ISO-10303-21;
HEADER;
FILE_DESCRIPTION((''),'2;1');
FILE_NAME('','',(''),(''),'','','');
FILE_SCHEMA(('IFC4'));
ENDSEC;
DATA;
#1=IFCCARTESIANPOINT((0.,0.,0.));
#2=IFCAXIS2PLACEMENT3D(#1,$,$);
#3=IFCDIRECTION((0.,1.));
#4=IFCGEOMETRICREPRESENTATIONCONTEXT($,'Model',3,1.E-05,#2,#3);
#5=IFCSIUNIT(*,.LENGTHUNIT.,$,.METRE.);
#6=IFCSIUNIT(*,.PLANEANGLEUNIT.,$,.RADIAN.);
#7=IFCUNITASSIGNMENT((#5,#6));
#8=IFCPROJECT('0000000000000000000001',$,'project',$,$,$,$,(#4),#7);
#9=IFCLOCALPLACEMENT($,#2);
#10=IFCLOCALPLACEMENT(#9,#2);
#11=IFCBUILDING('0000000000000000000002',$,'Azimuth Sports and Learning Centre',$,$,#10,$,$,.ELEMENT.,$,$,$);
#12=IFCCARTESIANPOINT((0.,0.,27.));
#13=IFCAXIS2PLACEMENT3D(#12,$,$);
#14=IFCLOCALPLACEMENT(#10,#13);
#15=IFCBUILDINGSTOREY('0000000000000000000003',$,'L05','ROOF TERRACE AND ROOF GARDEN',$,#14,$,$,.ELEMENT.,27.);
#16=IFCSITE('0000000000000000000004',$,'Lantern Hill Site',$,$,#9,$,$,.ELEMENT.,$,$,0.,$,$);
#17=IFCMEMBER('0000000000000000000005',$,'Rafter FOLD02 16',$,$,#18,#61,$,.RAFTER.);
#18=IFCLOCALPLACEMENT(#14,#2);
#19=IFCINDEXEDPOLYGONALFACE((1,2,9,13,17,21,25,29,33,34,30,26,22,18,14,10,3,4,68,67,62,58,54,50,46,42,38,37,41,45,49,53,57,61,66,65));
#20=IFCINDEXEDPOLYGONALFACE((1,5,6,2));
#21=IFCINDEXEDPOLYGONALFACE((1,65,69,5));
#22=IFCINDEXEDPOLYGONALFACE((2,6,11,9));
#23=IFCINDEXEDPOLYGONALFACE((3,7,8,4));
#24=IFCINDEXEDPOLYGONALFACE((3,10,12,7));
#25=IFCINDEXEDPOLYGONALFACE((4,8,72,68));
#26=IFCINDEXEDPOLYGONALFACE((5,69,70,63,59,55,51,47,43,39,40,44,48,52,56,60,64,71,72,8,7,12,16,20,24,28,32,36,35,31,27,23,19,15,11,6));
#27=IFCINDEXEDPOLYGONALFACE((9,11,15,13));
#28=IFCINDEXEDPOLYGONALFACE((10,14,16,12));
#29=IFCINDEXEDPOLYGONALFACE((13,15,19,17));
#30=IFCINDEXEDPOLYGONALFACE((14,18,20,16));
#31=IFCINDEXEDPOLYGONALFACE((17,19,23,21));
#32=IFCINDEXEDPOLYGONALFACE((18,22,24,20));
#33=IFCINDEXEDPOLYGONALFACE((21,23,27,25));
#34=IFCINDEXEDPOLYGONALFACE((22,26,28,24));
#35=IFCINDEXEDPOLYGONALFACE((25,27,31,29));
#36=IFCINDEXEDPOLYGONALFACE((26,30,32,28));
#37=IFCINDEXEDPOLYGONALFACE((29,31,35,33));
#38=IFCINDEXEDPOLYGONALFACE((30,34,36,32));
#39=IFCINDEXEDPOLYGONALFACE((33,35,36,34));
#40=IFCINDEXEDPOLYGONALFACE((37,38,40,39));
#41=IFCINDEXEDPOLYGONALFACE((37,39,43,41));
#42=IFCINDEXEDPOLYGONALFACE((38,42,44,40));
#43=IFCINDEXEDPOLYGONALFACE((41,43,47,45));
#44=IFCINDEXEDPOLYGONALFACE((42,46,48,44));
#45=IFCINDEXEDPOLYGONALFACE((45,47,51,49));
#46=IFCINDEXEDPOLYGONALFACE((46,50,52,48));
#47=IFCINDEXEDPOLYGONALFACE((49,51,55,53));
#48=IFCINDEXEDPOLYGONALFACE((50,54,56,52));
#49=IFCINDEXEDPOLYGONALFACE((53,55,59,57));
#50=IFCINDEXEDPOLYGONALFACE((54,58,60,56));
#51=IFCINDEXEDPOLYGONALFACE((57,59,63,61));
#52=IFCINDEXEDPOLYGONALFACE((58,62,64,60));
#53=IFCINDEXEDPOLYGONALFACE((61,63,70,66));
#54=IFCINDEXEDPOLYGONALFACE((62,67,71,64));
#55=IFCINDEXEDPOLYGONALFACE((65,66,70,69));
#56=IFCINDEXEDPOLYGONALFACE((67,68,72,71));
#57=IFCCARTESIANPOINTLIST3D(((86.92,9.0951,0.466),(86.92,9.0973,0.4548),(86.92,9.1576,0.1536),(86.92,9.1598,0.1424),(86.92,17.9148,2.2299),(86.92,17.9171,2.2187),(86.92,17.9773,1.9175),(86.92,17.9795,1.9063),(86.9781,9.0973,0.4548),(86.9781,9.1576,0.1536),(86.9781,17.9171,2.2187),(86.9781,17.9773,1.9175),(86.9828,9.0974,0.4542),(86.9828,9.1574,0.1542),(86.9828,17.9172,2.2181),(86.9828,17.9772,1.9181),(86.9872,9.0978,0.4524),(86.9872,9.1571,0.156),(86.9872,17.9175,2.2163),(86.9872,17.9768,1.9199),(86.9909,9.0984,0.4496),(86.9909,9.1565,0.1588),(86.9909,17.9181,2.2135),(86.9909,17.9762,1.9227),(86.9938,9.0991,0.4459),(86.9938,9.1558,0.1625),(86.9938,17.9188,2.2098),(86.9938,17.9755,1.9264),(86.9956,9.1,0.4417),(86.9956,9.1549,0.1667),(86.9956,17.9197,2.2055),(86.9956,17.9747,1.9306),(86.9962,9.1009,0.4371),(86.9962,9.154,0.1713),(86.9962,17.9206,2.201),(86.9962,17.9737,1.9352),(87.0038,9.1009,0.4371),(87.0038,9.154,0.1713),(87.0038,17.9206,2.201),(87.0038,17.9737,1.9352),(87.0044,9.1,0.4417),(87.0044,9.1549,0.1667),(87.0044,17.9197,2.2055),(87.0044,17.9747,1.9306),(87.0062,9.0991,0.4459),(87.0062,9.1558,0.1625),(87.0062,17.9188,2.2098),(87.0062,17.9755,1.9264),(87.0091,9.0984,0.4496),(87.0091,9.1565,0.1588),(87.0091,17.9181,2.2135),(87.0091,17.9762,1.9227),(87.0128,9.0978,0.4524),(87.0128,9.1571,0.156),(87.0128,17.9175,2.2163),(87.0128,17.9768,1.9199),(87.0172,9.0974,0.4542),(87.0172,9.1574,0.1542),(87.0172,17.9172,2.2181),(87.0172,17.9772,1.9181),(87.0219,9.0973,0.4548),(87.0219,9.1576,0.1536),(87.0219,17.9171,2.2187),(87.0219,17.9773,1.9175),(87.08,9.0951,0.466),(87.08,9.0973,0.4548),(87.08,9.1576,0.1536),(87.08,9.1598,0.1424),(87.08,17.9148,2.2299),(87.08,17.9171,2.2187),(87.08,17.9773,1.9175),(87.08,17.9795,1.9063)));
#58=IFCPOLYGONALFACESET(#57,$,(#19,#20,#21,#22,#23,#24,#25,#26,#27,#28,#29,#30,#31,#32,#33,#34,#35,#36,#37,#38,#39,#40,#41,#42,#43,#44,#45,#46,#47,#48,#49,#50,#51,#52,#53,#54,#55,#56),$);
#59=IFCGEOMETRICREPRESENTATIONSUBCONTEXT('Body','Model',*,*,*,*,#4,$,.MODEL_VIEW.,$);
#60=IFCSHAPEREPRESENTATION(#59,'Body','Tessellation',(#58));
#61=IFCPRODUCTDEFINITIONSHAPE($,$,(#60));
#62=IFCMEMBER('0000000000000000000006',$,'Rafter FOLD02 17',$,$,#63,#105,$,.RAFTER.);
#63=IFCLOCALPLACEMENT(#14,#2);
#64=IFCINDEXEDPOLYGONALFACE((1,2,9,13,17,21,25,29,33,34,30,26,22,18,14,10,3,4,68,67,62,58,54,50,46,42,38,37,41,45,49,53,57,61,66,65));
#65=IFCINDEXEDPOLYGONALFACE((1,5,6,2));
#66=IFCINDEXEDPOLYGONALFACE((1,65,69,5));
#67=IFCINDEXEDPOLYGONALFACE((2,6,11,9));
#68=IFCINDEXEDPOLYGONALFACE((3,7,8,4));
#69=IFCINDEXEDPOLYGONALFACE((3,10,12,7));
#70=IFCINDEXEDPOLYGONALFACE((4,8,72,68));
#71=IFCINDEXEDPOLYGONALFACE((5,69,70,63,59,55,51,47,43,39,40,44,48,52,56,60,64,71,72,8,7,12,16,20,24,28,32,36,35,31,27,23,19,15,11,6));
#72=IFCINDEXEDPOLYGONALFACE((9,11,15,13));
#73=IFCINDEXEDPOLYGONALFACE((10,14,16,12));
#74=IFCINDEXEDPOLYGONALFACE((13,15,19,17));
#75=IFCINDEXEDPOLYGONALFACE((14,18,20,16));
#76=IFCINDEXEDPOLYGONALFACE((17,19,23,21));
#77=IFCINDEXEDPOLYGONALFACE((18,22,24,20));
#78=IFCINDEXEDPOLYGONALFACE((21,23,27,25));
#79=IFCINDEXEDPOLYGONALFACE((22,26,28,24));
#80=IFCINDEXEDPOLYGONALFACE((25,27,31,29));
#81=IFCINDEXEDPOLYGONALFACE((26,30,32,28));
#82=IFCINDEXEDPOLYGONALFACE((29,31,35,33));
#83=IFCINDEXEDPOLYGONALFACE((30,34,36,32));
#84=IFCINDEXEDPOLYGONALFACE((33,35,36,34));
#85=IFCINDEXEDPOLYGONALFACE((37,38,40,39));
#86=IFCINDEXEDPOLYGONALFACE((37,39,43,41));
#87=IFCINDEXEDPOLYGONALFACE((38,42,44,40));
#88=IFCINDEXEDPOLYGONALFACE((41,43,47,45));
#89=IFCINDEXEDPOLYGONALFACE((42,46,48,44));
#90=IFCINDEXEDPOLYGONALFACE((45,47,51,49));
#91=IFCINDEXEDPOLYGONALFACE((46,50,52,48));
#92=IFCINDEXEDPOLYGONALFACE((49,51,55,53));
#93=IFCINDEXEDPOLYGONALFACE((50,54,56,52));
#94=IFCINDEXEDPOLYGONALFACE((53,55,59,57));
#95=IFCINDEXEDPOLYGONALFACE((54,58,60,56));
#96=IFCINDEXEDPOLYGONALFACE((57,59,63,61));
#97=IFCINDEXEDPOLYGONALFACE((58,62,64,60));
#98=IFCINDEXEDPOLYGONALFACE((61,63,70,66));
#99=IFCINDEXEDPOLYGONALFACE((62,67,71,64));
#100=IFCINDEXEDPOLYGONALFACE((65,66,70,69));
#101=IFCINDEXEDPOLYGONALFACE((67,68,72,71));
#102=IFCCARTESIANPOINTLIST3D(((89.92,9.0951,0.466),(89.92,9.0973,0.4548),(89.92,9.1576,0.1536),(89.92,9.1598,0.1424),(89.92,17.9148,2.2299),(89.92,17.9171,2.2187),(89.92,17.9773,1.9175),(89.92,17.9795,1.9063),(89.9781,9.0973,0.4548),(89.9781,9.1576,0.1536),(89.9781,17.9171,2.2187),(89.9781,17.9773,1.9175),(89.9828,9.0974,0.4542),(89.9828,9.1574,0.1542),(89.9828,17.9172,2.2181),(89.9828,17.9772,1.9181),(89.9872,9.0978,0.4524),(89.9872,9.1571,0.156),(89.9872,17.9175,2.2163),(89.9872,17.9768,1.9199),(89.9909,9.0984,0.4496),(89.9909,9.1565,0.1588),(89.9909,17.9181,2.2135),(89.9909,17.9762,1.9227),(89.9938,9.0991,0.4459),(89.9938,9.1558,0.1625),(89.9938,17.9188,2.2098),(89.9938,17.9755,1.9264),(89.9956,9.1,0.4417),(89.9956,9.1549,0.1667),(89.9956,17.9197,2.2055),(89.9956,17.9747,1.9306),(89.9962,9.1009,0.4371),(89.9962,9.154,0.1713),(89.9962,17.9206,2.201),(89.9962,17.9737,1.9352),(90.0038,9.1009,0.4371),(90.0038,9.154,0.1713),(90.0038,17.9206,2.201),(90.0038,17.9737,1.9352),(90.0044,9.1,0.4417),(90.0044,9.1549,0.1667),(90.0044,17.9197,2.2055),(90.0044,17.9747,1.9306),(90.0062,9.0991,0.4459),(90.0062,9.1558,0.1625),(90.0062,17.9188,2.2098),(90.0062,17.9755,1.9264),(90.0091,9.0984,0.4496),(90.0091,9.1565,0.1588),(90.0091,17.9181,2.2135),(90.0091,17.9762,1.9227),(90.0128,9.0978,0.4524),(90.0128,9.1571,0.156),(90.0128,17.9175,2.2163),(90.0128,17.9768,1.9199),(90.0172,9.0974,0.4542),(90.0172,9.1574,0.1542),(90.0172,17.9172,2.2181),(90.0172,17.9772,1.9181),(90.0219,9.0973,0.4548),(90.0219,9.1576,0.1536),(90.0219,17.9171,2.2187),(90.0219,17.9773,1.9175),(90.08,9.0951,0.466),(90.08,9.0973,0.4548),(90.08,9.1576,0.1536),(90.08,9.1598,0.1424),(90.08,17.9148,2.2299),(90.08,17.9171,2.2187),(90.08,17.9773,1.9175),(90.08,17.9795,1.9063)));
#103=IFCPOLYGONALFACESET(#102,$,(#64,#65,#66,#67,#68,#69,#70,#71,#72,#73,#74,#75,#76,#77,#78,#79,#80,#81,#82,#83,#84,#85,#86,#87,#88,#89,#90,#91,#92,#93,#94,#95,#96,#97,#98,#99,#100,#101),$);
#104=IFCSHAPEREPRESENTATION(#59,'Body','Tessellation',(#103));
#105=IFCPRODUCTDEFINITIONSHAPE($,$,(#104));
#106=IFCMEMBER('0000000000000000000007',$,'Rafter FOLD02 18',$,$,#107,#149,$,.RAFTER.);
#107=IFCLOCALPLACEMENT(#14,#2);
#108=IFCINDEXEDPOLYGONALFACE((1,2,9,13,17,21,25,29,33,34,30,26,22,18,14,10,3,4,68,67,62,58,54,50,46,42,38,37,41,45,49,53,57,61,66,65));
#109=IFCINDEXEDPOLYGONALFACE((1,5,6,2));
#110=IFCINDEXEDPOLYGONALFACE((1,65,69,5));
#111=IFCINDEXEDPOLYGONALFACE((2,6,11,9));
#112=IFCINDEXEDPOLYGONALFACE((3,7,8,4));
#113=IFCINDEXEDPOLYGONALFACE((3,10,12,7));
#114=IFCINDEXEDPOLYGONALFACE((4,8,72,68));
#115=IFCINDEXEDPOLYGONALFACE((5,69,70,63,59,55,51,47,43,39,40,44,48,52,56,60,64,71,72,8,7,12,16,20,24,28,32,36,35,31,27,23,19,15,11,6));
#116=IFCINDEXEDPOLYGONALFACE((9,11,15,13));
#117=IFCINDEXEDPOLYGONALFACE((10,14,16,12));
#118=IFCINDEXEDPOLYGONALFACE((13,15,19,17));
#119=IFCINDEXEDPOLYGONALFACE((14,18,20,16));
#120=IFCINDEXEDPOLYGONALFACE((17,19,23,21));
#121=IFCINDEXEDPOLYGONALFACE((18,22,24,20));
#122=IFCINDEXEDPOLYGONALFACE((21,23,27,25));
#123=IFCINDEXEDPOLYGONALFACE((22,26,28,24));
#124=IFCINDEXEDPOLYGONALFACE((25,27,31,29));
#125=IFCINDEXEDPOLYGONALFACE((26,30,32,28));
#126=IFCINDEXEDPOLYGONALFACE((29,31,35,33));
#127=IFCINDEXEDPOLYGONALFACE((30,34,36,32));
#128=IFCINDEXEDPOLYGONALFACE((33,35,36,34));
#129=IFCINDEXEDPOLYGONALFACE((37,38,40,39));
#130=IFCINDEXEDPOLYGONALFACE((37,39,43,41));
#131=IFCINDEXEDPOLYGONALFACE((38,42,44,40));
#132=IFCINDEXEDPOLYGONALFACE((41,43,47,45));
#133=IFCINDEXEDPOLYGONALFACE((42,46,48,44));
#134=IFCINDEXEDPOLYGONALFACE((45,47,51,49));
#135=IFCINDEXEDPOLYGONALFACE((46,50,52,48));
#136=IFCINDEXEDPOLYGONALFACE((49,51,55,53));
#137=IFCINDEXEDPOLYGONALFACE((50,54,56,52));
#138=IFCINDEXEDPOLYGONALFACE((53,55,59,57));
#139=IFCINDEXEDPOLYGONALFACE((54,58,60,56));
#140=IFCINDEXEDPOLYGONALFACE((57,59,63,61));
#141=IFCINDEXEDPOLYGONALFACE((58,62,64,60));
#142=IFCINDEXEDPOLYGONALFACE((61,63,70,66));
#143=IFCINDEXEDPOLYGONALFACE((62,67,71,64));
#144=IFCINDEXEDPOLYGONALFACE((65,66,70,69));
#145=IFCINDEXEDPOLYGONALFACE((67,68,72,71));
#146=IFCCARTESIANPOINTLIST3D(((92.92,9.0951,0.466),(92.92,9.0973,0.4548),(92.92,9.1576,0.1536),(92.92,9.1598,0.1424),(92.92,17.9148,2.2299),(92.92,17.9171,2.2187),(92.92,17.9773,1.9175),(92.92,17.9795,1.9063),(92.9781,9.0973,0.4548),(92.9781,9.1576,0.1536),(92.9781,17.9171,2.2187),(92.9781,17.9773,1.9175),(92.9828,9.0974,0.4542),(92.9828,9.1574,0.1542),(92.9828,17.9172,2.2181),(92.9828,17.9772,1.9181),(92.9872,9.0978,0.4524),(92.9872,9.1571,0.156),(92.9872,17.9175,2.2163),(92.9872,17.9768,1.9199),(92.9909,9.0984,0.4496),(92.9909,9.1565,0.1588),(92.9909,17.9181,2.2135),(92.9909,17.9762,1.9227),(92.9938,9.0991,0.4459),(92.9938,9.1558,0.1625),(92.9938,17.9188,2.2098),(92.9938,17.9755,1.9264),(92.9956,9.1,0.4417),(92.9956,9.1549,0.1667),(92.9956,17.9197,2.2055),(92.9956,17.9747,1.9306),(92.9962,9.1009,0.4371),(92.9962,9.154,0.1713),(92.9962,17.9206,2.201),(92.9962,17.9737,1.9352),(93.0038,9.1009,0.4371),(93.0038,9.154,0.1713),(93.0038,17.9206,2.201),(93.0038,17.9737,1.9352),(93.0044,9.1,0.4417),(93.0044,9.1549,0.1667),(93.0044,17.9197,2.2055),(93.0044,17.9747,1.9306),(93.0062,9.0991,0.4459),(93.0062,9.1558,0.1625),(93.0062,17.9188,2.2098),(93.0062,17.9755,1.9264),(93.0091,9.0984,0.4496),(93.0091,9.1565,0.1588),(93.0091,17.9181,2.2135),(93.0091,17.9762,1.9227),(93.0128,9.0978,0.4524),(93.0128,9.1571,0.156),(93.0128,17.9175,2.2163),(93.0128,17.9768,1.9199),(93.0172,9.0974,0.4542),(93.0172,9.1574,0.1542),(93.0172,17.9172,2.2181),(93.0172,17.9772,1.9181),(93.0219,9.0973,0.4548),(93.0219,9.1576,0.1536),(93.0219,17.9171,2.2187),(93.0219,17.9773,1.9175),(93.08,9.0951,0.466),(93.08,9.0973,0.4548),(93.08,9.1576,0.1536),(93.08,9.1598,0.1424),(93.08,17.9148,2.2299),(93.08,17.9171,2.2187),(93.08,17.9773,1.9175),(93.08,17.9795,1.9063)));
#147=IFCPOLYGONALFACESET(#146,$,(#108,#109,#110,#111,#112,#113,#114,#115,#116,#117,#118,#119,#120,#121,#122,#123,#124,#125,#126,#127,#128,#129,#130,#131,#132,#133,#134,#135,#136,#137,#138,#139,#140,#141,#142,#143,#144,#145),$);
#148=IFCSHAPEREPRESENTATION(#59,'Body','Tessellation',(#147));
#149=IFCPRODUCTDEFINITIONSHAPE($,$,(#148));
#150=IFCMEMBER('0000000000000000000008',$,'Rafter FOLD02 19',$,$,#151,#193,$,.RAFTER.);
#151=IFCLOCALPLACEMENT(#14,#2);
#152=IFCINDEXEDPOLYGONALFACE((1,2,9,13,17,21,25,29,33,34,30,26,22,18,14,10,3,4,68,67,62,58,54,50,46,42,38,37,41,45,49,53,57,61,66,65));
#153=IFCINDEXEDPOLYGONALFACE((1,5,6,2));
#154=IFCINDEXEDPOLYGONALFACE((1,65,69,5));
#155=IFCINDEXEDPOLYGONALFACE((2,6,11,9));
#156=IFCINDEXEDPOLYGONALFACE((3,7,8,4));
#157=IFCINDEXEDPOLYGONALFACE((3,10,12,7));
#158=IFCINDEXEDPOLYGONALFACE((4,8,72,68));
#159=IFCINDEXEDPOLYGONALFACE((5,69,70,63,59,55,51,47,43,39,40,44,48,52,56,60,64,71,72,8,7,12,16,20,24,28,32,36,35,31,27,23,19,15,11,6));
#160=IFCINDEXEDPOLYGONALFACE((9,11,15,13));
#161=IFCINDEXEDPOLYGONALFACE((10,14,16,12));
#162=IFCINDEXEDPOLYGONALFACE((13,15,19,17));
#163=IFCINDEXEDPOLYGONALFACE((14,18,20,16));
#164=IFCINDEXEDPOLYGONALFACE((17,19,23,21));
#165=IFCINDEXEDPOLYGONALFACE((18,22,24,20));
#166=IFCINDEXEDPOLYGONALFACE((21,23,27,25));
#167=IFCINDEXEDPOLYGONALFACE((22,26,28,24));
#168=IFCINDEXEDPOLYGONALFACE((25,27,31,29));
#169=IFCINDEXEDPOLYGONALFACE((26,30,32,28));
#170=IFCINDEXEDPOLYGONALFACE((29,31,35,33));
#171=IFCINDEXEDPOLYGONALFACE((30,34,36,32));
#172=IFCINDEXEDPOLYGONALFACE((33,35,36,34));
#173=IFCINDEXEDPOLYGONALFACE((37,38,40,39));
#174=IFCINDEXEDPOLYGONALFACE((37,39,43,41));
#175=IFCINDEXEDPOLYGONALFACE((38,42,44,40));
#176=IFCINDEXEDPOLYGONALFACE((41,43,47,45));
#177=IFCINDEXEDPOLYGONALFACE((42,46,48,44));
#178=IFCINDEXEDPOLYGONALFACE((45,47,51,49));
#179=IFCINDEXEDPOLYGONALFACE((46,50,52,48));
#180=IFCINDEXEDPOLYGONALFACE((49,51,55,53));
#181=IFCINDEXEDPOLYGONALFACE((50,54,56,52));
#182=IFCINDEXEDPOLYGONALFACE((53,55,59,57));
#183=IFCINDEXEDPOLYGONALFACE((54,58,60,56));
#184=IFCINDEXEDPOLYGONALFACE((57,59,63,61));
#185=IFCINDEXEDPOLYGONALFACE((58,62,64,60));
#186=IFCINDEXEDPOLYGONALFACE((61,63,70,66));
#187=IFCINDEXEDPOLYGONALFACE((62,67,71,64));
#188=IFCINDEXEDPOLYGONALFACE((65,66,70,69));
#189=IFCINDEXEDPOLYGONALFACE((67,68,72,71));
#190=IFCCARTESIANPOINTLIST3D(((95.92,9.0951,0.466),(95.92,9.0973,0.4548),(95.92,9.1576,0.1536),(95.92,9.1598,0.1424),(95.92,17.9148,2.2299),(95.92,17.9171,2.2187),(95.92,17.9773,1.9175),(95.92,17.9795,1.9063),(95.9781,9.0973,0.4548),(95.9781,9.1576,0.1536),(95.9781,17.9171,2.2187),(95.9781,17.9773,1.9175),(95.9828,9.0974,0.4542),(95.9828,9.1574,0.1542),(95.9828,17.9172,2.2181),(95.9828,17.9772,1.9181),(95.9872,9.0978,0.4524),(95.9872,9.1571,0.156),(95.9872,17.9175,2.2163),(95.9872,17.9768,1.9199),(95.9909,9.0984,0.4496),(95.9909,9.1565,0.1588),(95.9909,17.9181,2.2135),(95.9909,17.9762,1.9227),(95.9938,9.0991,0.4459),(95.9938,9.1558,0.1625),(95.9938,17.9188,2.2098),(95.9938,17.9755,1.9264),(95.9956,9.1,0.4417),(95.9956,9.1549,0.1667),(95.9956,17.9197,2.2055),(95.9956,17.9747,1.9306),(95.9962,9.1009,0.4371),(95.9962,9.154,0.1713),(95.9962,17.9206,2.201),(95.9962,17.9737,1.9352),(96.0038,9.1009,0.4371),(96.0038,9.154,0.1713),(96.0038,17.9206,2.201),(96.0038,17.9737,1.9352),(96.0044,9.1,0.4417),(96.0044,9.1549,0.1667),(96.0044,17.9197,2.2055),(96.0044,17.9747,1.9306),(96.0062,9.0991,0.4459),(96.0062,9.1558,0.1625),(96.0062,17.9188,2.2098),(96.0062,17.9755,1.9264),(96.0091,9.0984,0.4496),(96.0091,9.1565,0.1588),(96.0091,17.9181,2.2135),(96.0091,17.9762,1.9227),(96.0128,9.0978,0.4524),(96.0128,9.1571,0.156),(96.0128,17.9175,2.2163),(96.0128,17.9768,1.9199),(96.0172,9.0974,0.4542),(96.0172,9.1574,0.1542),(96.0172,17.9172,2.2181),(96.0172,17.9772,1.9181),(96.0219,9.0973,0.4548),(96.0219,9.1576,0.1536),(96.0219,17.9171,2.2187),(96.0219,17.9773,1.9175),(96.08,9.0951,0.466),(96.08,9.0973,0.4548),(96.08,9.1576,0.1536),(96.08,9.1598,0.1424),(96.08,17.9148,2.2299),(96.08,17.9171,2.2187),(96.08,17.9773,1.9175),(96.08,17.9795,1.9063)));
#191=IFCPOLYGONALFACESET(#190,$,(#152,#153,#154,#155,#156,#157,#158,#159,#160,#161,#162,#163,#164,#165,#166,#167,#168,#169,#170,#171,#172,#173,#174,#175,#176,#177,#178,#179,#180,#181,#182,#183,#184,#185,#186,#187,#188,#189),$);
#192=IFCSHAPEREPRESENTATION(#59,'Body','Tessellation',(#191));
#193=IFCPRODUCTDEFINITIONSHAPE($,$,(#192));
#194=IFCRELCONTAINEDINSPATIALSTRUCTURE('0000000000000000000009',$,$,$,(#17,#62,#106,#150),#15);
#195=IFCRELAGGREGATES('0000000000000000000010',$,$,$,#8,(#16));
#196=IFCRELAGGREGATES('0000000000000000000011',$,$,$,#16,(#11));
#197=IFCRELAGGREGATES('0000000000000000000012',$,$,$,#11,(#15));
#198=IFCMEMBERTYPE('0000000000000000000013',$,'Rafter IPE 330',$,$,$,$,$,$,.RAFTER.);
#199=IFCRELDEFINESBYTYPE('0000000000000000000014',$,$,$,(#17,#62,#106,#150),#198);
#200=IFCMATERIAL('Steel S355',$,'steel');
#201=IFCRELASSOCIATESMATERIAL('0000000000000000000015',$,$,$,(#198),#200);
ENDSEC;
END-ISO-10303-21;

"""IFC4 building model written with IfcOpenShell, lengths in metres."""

from ifc_helpers import new_model, si_unit, direction, frame, origin, origin_2d, place, context, subcontext, project, spatial, i_section, extrude, material, material_profile, profile_set, type_object, element, save


model = new_model("IFC4")

# Units and contexts
model_context = context("Model", 3, precision=1e-05, world=origin(), true_north=direction((0.0, 1.0)))
body_context = subcontext(model_context, "Body", "Model", "MODEL_VIEW")
ifc_project = project(units=[si_unit("LENGTHUNIT", "METRE"), si_unit("PLANEANGLEUNIT", "RADIAN")], contexts=[model_context])

# Site, building, storey
site_placement = place(None, origin())
site = spatial("IfcSite", under=ifc_project, at=site_placement, Name="Lantern Hill Site", CompositionType="ELEMENT", RefElevation=0.0)
building_placement = place(site_placement, origin())
building = spatial("IfcBuilding", under=site, at=building_placement, Name="Azimuth Sports and Learning Centre", CompositionType="ELEMENT")
storey_placement = place(building_placement, frame((0.0, 0.0, 27.0)))
storey = spatial("IfcBuildingStorey", under=building, at=storey_placement, Name="L05", Description="ROOF TERRACE AND ROOF GARDEN", CompositionType="ELEMENT", Elevation=27.0)

# Members
ifc_material_1 = material(Name="Steel S355", Category="steel")
ifc_material_profile_1 = material_profile(ifc_material_1, i_section(OverallWidth=0.1599, OverallDepth=0.3301, WebThickness=0.0076, FlangeThickness=0.0115, FilletRadius=0.0181, at=origin_2d()), Name="IPE 330")
ifc_profile_set_1 = profile_set([ifc_material_profile_1], Name="Steel S355")
member_type_1 = type_object("IfcMemberType", Name="Rafter IPE 330", PredefinedType="RAFTER", material=ifc_profile_set_1)
for number, where, z_axis, x_axis, name in (
    (1, (87.0, 9.1274, 0.3042), (0.0, 0.980582, 0.196111), (-1.0, 0.0, 0.0), "Rafter FOLD02 16"),
    (2, (90.0, 9.1274, 0.3042), (0.0, 0.980582, 0.196111), (-1.0, 0.0, 0.0), "Rafter FOLD02 17"),
    (3, (93.0, 9.1274, 0.3042), (0.0, 0.980582, 0.196111), (-1.0, 0.0, 0.0), "Rafter FOLD02 18"),
    (4, (96.0, 9.1274, 0.3042), (0.0, 0.980582, 0.196111), (-1.0, 0.0, 0.0), "Rafter FOLD02 19"),
):
    element("IfcMember", number, at=place(storey_placement, frame(where, z_axis=z_axis, x_axis=x_axis)), inside=storey, type_object=member_type_1, Name=name, PredefinedType="RAFTER", context=body_context, shape_type="SweptSolid", body=[
        extrude(i_section(OverallWidth=0.1599, OverallDepth=0.3301, WebThickness=0.0076, FlangeThickness=0.0115, FilletRadius=0.0181, at=origin_2d()), origin(), (0.0, 0.0, 1.0), 8.9944),
    ])

save(model, "model.ifc")
